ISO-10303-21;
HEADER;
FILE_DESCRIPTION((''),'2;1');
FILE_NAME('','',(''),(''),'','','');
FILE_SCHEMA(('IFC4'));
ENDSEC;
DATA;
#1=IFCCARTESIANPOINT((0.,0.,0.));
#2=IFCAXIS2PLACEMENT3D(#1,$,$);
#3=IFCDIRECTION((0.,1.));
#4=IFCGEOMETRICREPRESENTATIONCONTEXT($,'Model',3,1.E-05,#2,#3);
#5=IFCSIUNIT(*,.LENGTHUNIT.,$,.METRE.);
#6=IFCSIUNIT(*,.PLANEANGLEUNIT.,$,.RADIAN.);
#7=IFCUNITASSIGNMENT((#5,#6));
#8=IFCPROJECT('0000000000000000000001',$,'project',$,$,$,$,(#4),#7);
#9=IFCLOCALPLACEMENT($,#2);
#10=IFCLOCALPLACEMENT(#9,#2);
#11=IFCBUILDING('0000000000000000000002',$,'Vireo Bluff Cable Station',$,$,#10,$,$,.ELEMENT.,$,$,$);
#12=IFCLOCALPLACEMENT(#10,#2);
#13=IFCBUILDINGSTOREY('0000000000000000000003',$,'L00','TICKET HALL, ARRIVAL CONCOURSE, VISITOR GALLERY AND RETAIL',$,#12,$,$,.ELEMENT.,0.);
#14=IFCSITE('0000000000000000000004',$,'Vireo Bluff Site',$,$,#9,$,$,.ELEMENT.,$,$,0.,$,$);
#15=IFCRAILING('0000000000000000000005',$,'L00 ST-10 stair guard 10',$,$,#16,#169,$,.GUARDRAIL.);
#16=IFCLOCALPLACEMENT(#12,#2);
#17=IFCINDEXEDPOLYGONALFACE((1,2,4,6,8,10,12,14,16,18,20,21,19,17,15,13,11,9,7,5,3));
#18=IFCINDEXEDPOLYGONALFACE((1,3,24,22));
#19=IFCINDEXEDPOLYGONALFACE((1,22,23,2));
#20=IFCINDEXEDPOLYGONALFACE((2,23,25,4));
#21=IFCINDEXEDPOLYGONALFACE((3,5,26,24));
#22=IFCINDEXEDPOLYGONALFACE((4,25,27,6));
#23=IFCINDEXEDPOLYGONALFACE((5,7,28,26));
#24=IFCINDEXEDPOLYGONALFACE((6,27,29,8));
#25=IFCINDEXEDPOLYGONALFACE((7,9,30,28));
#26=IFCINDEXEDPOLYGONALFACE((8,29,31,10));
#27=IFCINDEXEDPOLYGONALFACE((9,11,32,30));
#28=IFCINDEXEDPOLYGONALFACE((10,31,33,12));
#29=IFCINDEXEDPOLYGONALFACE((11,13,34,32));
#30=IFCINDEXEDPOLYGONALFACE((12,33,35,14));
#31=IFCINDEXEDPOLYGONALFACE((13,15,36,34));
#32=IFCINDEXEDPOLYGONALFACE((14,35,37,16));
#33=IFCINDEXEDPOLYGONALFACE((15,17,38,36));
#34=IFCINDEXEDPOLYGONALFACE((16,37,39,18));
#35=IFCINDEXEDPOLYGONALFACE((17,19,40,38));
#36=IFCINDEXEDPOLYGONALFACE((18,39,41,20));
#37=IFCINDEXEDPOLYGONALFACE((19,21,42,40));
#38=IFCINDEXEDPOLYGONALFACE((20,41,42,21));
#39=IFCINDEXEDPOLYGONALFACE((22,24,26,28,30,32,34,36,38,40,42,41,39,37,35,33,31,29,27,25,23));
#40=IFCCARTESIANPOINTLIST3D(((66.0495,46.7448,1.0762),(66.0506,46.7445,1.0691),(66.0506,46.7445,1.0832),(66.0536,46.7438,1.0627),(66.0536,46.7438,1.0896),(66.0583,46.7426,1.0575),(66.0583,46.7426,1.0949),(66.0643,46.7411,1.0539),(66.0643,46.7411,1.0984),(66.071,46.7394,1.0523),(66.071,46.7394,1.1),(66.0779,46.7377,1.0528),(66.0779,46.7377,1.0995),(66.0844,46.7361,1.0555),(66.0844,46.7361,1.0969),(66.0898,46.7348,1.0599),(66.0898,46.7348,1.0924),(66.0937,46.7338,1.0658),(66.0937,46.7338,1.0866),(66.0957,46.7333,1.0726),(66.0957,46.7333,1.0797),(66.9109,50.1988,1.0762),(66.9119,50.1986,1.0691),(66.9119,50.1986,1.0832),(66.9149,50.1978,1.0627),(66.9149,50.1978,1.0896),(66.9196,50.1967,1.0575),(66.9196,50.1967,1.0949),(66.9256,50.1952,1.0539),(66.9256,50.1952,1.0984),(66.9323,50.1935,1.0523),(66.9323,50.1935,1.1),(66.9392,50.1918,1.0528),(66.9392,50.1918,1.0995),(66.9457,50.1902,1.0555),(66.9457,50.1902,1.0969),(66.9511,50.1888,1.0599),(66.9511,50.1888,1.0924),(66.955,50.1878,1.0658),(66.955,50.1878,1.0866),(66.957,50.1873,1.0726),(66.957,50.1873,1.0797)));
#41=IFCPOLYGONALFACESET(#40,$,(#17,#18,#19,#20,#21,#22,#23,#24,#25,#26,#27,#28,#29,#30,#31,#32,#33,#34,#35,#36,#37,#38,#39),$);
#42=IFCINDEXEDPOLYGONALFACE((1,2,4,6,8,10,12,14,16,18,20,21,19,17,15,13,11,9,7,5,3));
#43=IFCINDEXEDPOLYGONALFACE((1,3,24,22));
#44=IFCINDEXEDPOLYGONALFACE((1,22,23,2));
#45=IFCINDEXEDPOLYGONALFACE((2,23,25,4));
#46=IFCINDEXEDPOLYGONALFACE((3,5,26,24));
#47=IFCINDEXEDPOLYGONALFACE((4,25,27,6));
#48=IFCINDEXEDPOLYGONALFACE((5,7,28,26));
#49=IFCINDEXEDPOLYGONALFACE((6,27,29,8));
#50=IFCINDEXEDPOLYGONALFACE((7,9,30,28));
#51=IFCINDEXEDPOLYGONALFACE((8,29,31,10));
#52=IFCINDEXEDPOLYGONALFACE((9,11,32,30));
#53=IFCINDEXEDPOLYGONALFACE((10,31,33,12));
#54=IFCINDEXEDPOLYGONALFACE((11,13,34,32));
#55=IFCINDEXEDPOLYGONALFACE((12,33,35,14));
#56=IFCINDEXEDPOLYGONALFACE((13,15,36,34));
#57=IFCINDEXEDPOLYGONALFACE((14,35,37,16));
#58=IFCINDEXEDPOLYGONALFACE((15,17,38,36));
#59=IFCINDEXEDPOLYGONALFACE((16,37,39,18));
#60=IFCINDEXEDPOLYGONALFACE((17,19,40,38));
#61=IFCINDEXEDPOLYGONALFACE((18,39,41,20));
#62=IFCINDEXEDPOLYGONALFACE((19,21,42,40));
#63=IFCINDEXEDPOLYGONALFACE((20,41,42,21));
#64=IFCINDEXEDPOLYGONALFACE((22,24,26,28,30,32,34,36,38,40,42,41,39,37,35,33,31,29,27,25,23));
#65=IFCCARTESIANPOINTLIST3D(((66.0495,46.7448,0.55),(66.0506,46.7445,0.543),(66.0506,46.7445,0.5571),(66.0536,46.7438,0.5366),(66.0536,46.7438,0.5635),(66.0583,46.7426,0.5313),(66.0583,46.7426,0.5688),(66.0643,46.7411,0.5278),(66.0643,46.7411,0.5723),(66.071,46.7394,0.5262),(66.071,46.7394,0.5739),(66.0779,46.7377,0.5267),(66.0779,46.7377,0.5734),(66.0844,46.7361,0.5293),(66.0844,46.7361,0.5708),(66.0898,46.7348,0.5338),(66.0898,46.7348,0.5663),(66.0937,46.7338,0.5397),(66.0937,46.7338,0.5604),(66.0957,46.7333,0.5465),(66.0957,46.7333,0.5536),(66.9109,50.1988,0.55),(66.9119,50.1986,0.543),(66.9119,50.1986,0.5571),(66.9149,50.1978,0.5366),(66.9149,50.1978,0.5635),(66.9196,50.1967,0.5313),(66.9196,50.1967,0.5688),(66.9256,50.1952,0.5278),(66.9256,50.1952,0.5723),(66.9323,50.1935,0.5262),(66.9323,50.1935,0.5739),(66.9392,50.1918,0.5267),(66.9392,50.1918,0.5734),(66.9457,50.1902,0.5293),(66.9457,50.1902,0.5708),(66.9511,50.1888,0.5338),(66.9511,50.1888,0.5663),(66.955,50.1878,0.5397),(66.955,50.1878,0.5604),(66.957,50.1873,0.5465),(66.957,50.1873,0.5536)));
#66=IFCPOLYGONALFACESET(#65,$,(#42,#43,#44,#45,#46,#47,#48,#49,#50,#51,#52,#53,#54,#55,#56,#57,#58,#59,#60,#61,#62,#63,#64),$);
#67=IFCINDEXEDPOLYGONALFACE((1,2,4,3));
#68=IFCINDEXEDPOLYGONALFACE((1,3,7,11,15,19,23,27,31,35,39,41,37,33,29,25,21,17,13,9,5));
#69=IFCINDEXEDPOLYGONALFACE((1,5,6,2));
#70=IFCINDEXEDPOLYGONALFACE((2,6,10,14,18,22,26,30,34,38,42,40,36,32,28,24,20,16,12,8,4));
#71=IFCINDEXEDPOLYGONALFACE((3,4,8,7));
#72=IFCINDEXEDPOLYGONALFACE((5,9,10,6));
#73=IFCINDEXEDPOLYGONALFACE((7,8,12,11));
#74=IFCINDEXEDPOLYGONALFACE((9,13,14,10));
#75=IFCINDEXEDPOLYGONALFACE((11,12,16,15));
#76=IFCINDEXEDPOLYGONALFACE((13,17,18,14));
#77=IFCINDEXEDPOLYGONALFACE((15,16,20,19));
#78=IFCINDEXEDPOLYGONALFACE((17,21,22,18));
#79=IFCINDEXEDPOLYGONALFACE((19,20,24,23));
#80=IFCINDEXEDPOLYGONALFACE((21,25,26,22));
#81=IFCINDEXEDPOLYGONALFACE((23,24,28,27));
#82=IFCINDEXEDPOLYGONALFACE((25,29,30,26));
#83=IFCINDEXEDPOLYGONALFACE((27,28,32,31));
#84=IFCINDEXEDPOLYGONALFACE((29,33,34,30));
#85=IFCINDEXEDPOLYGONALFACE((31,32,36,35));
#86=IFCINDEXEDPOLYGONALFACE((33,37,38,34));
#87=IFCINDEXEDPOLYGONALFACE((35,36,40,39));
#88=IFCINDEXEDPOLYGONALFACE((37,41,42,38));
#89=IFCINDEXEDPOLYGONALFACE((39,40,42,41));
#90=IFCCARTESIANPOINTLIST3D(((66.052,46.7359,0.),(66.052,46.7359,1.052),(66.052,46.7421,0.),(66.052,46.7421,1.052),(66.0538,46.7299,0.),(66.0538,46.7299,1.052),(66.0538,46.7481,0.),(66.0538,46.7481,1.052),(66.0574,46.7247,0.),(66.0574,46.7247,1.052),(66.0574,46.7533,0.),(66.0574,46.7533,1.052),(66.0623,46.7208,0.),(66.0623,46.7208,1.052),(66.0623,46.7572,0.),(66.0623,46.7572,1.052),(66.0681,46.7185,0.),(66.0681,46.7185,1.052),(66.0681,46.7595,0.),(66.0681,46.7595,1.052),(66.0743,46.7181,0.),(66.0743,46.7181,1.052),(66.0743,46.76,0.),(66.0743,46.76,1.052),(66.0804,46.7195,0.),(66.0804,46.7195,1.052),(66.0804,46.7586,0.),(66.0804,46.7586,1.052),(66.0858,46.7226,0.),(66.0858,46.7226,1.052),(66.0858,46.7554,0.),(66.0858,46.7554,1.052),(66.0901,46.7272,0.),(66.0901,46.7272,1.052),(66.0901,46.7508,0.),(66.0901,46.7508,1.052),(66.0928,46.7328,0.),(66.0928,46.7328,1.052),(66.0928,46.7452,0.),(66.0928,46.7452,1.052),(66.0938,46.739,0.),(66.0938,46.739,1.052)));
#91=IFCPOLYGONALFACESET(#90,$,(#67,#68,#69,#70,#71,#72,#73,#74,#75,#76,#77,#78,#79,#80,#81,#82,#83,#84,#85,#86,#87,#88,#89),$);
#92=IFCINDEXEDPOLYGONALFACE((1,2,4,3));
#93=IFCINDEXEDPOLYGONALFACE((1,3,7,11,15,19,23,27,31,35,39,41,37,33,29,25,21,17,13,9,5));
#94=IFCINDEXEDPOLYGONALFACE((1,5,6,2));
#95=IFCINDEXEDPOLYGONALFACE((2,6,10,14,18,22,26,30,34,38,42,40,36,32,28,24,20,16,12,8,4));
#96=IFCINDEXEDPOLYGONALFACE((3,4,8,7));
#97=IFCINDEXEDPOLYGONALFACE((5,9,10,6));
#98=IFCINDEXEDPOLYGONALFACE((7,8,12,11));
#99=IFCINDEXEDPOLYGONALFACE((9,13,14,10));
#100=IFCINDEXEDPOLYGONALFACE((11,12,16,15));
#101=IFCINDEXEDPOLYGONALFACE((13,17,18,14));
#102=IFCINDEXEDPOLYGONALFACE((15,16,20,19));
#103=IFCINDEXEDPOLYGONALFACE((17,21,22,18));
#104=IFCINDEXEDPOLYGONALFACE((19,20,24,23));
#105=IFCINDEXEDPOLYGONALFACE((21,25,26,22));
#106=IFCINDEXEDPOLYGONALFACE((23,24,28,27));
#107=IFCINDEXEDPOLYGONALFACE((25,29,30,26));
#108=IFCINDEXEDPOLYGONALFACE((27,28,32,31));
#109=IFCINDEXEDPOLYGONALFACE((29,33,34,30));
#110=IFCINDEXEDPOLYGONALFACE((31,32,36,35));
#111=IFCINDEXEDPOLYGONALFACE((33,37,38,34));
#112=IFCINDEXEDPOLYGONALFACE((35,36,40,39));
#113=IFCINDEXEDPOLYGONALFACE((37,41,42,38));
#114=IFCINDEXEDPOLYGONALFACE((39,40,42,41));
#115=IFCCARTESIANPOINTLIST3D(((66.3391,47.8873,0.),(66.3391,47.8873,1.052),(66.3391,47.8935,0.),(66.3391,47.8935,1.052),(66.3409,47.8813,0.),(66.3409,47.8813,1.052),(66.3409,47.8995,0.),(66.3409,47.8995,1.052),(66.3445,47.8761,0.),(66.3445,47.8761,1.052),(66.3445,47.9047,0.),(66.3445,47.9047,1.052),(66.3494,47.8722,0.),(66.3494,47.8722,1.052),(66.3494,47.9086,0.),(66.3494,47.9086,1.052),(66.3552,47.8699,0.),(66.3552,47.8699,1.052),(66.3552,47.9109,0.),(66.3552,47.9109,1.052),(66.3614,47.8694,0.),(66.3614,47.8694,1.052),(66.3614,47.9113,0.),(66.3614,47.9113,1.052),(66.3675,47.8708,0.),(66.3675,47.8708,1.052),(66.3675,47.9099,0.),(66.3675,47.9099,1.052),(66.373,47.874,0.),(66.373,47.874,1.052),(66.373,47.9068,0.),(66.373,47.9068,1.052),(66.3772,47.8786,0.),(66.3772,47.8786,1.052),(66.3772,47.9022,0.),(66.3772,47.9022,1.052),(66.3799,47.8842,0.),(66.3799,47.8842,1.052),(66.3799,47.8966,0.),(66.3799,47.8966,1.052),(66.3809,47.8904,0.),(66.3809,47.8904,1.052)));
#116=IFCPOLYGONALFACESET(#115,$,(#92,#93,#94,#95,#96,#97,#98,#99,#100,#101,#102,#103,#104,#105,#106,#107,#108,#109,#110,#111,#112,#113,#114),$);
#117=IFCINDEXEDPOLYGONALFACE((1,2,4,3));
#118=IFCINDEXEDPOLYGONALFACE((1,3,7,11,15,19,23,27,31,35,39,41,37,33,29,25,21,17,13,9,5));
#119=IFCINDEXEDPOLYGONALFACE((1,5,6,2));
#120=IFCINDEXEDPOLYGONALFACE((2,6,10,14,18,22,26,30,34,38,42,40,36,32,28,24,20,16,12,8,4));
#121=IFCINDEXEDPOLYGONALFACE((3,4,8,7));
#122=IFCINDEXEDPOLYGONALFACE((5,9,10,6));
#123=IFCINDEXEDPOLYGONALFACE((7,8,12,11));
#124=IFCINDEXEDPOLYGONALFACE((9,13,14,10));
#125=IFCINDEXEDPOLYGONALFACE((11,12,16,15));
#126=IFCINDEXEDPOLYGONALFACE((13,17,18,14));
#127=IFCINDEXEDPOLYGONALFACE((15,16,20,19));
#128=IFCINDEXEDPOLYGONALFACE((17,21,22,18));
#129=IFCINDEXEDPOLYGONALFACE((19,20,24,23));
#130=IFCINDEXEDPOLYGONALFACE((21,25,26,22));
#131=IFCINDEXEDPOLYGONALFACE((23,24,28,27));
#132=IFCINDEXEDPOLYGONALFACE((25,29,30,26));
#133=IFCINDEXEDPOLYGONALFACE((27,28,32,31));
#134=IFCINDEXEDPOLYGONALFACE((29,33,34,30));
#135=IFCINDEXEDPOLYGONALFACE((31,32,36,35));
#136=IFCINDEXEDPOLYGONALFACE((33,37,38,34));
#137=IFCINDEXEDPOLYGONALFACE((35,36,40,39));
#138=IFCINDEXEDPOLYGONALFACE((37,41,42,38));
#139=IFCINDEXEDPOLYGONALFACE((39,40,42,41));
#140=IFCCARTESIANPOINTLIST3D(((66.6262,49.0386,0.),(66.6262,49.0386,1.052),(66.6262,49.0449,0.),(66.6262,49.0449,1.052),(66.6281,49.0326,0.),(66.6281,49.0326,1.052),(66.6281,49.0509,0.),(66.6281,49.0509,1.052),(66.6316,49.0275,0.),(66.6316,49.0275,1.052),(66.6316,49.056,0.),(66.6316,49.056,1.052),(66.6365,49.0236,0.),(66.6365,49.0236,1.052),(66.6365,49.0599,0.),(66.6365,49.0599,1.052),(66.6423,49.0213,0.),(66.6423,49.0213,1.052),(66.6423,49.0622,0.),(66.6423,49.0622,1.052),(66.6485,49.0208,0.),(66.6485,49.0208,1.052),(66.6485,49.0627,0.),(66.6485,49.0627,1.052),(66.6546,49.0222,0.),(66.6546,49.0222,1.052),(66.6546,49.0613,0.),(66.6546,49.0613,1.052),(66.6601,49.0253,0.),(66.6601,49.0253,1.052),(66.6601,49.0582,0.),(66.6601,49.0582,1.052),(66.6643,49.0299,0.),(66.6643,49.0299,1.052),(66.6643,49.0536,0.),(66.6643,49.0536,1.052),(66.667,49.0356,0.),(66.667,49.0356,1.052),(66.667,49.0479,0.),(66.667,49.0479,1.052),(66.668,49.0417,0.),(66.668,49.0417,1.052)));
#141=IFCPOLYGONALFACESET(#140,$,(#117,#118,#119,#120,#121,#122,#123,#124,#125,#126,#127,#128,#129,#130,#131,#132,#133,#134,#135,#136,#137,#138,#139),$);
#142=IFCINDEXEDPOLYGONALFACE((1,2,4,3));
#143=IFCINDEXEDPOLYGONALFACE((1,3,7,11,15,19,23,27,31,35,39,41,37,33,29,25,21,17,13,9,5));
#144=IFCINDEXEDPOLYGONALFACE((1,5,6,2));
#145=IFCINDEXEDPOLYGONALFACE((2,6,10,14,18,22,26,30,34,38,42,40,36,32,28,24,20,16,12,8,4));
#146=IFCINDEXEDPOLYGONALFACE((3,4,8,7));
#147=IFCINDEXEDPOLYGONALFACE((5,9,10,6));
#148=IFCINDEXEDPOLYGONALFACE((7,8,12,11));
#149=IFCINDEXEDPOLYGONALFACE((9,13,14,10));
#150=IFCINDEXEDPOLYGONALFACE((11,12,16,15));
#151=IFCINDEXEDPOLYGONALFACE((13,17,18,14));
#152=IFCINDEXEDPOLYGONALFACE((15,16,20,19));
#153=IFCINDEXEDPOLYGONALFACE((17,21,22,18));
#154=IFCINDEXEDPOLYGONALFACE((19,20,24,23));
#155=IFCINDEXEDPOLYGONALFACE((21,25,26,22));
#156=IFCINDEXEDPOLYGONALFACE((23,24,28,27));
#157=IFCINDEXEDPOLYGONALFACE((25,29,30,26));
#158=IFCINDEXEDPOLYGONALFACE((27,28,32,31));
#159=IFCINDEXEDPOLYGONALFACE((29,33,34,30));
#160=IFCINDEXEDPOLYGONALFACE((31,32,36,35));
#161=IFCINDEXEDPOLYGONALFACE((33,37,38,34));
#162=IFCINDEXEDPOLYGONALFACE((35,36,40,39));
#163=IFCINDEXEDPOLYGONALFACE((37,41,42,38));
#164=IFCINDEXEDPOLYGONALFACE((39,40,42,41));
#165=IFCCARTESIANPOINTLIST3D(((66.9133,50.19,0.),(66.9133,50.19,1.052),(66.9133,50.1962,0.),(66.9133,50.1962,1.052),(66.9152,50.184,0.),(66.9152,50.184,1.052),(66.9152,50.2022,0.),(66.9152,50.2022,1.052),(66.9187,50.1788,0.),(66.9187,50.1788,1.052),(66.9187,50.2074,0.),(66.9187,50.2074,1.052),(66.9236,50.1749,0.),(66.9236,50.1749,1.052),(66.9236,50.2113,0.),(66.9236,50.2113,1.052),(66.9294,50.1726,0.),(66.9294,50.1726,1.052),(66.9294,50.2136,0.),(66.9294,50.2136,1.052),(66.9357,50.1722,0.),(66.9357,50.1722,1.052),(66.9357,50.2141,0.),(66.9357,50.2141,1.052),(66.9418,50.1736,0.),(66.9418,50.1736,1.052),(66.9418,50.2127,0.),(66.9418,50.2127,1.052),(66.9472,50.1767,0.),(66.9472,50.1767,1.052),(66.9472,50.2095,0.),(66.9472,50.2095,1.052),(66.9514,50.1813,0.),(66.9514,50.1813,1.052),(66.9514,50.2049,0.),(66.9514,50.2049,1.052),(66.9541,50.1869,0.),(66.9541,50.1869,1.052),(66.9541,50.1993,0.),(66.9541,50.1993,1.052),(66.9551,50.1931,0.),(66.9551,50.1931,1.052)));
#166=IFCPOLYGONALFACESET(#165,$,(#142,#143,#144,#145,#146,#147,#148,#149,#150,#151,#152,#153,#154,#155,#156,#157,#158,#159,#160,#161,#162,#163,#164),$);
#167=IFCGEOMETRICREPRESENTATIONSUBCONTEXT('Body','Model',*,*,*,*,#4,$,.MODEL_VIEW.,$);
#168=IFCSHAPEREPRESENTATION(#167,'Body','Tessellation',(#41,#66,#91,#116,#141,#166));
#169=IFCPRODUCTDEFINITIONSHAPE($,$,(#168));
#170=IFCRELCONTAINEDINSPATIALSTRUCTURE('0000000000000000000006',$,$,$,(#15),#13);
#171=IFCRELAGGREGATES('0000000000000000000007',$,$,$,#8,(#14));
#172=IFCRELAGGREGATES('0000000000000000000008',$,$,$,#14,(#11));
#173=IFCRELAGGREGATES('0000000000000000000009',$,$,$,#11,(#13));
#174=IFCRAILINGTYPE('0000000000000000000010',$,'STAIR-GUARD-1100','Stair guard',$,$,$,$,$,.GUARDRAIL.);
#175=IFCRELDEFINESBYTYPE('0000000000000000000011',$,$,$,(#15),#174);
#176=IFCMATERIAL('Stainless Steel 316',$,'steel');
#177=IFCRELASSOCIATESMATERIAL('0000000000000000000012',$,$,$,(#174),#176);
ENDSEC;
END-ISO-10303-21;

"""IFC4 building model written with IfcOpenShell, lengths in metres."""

from ifc_helpers import new_model, si_unit, direction, frame, origin, origin_2d, place, context, subcontext, project, spatial, circle, extrude, material, type_object, element, save


model = new_model("IFC4")

# Units and contexts
model_context = context("Model", 3, precision=1e-05, world=origin(), true_north=direction((0.0, 1.0)))
body_context = subcontext(model_context, "Body", "Model", "MODEL_VIEW")
ifc_project = project(units=[si_unit("LENGTHUNIT", "METRE"), si_unit("PLANEANGLEUNIT", "RADIAN")], contexts=[model_context])

# Site, building, storey
site_placement = place(None, origin())
site = spatial("IfcSite", under=ifc_project, at=site_placement, Name="Vireo Bluff Site", CompositionType="ELEMENT", RefElevation=0.0)
building_placement = place(site_placement, origin())
building = spatial("IfcBuilding", under=site, at=building_placement, Name="Vireo Bluff Cable Station", CompositionType="ELEMENT")
storey_placement = place(building_placement, origin())
storey = spatial("IfcBuildingStorey", under=building, at=storey_placement, Name="L00", Description="TICKET HALL, ARRIVAL CONCOURSE, VISITOR GALLERY AND RETAIL", CompositionType="ELEMENT", Elevation=0.0)

# Railing
ifc_material_1 = material(Name="Stainless Steel 316", Category="steel")
railing_type_1 = type_object("IfcRailingType", Name="STAIR-GUARD-1100", Description="Stair guard", PredefinedType="GUARDRAIL", material=ifc_material_1)
railing_1_placement = place(storey_placement, frame((66.0728, 46.739, 0.0)))
element("IfcRailing", 1, at=railing_1_placement, inside=storey, type_object=railing_type_1, Name="L00 ST-10 stair guard 10", PredefinedType="GUARDRAIL", context=body_context, shape_type="SweptSolid", body=[
    extrude(circle(Radius=0.0239, at=origin_2d()), frame((0.0, 0.0, 1.0762), z_axis=(0.241955, 0.970288, 0.0), x_axis=(-0.970288, 0.241955, 0.0)), (0.0, 0.0, 1.0), 3.5598),
    extrude(circle(Radius=0.0239, at=origin_2d()), frame((0.0, 0.0, 0.55), z_axis=(0.241955, 0.970288, 0.0), x_axis=(-0.970288, 0.241955, 0.0)), (0.0, 0.0, 1.0), 3.5598),
    extrude(circle(Radius=0.021, at=origin_2d()), origin(), (0.0, 0.0, 1.0), 1.052),
    extrude(circle(Radius=0.021, at=origin_2d()), frame((0.2871, 1.1514, 0.0)), (0.0, 0.0, 1.0), 1.052),
    extrude(circle(Radius=0.021, at=origin_2d()), frame((0.5742, 2.3027, 0.0)), (0.0, 0.0, 1.0), 1.052),
    extrude(circle(Radius=0.021, at=origin_2d()), frame((0.8613, 3.4541, 0.0)), (0.0, 0.0, 1.0), 1.052),
])

save(model, "model.ifc")
